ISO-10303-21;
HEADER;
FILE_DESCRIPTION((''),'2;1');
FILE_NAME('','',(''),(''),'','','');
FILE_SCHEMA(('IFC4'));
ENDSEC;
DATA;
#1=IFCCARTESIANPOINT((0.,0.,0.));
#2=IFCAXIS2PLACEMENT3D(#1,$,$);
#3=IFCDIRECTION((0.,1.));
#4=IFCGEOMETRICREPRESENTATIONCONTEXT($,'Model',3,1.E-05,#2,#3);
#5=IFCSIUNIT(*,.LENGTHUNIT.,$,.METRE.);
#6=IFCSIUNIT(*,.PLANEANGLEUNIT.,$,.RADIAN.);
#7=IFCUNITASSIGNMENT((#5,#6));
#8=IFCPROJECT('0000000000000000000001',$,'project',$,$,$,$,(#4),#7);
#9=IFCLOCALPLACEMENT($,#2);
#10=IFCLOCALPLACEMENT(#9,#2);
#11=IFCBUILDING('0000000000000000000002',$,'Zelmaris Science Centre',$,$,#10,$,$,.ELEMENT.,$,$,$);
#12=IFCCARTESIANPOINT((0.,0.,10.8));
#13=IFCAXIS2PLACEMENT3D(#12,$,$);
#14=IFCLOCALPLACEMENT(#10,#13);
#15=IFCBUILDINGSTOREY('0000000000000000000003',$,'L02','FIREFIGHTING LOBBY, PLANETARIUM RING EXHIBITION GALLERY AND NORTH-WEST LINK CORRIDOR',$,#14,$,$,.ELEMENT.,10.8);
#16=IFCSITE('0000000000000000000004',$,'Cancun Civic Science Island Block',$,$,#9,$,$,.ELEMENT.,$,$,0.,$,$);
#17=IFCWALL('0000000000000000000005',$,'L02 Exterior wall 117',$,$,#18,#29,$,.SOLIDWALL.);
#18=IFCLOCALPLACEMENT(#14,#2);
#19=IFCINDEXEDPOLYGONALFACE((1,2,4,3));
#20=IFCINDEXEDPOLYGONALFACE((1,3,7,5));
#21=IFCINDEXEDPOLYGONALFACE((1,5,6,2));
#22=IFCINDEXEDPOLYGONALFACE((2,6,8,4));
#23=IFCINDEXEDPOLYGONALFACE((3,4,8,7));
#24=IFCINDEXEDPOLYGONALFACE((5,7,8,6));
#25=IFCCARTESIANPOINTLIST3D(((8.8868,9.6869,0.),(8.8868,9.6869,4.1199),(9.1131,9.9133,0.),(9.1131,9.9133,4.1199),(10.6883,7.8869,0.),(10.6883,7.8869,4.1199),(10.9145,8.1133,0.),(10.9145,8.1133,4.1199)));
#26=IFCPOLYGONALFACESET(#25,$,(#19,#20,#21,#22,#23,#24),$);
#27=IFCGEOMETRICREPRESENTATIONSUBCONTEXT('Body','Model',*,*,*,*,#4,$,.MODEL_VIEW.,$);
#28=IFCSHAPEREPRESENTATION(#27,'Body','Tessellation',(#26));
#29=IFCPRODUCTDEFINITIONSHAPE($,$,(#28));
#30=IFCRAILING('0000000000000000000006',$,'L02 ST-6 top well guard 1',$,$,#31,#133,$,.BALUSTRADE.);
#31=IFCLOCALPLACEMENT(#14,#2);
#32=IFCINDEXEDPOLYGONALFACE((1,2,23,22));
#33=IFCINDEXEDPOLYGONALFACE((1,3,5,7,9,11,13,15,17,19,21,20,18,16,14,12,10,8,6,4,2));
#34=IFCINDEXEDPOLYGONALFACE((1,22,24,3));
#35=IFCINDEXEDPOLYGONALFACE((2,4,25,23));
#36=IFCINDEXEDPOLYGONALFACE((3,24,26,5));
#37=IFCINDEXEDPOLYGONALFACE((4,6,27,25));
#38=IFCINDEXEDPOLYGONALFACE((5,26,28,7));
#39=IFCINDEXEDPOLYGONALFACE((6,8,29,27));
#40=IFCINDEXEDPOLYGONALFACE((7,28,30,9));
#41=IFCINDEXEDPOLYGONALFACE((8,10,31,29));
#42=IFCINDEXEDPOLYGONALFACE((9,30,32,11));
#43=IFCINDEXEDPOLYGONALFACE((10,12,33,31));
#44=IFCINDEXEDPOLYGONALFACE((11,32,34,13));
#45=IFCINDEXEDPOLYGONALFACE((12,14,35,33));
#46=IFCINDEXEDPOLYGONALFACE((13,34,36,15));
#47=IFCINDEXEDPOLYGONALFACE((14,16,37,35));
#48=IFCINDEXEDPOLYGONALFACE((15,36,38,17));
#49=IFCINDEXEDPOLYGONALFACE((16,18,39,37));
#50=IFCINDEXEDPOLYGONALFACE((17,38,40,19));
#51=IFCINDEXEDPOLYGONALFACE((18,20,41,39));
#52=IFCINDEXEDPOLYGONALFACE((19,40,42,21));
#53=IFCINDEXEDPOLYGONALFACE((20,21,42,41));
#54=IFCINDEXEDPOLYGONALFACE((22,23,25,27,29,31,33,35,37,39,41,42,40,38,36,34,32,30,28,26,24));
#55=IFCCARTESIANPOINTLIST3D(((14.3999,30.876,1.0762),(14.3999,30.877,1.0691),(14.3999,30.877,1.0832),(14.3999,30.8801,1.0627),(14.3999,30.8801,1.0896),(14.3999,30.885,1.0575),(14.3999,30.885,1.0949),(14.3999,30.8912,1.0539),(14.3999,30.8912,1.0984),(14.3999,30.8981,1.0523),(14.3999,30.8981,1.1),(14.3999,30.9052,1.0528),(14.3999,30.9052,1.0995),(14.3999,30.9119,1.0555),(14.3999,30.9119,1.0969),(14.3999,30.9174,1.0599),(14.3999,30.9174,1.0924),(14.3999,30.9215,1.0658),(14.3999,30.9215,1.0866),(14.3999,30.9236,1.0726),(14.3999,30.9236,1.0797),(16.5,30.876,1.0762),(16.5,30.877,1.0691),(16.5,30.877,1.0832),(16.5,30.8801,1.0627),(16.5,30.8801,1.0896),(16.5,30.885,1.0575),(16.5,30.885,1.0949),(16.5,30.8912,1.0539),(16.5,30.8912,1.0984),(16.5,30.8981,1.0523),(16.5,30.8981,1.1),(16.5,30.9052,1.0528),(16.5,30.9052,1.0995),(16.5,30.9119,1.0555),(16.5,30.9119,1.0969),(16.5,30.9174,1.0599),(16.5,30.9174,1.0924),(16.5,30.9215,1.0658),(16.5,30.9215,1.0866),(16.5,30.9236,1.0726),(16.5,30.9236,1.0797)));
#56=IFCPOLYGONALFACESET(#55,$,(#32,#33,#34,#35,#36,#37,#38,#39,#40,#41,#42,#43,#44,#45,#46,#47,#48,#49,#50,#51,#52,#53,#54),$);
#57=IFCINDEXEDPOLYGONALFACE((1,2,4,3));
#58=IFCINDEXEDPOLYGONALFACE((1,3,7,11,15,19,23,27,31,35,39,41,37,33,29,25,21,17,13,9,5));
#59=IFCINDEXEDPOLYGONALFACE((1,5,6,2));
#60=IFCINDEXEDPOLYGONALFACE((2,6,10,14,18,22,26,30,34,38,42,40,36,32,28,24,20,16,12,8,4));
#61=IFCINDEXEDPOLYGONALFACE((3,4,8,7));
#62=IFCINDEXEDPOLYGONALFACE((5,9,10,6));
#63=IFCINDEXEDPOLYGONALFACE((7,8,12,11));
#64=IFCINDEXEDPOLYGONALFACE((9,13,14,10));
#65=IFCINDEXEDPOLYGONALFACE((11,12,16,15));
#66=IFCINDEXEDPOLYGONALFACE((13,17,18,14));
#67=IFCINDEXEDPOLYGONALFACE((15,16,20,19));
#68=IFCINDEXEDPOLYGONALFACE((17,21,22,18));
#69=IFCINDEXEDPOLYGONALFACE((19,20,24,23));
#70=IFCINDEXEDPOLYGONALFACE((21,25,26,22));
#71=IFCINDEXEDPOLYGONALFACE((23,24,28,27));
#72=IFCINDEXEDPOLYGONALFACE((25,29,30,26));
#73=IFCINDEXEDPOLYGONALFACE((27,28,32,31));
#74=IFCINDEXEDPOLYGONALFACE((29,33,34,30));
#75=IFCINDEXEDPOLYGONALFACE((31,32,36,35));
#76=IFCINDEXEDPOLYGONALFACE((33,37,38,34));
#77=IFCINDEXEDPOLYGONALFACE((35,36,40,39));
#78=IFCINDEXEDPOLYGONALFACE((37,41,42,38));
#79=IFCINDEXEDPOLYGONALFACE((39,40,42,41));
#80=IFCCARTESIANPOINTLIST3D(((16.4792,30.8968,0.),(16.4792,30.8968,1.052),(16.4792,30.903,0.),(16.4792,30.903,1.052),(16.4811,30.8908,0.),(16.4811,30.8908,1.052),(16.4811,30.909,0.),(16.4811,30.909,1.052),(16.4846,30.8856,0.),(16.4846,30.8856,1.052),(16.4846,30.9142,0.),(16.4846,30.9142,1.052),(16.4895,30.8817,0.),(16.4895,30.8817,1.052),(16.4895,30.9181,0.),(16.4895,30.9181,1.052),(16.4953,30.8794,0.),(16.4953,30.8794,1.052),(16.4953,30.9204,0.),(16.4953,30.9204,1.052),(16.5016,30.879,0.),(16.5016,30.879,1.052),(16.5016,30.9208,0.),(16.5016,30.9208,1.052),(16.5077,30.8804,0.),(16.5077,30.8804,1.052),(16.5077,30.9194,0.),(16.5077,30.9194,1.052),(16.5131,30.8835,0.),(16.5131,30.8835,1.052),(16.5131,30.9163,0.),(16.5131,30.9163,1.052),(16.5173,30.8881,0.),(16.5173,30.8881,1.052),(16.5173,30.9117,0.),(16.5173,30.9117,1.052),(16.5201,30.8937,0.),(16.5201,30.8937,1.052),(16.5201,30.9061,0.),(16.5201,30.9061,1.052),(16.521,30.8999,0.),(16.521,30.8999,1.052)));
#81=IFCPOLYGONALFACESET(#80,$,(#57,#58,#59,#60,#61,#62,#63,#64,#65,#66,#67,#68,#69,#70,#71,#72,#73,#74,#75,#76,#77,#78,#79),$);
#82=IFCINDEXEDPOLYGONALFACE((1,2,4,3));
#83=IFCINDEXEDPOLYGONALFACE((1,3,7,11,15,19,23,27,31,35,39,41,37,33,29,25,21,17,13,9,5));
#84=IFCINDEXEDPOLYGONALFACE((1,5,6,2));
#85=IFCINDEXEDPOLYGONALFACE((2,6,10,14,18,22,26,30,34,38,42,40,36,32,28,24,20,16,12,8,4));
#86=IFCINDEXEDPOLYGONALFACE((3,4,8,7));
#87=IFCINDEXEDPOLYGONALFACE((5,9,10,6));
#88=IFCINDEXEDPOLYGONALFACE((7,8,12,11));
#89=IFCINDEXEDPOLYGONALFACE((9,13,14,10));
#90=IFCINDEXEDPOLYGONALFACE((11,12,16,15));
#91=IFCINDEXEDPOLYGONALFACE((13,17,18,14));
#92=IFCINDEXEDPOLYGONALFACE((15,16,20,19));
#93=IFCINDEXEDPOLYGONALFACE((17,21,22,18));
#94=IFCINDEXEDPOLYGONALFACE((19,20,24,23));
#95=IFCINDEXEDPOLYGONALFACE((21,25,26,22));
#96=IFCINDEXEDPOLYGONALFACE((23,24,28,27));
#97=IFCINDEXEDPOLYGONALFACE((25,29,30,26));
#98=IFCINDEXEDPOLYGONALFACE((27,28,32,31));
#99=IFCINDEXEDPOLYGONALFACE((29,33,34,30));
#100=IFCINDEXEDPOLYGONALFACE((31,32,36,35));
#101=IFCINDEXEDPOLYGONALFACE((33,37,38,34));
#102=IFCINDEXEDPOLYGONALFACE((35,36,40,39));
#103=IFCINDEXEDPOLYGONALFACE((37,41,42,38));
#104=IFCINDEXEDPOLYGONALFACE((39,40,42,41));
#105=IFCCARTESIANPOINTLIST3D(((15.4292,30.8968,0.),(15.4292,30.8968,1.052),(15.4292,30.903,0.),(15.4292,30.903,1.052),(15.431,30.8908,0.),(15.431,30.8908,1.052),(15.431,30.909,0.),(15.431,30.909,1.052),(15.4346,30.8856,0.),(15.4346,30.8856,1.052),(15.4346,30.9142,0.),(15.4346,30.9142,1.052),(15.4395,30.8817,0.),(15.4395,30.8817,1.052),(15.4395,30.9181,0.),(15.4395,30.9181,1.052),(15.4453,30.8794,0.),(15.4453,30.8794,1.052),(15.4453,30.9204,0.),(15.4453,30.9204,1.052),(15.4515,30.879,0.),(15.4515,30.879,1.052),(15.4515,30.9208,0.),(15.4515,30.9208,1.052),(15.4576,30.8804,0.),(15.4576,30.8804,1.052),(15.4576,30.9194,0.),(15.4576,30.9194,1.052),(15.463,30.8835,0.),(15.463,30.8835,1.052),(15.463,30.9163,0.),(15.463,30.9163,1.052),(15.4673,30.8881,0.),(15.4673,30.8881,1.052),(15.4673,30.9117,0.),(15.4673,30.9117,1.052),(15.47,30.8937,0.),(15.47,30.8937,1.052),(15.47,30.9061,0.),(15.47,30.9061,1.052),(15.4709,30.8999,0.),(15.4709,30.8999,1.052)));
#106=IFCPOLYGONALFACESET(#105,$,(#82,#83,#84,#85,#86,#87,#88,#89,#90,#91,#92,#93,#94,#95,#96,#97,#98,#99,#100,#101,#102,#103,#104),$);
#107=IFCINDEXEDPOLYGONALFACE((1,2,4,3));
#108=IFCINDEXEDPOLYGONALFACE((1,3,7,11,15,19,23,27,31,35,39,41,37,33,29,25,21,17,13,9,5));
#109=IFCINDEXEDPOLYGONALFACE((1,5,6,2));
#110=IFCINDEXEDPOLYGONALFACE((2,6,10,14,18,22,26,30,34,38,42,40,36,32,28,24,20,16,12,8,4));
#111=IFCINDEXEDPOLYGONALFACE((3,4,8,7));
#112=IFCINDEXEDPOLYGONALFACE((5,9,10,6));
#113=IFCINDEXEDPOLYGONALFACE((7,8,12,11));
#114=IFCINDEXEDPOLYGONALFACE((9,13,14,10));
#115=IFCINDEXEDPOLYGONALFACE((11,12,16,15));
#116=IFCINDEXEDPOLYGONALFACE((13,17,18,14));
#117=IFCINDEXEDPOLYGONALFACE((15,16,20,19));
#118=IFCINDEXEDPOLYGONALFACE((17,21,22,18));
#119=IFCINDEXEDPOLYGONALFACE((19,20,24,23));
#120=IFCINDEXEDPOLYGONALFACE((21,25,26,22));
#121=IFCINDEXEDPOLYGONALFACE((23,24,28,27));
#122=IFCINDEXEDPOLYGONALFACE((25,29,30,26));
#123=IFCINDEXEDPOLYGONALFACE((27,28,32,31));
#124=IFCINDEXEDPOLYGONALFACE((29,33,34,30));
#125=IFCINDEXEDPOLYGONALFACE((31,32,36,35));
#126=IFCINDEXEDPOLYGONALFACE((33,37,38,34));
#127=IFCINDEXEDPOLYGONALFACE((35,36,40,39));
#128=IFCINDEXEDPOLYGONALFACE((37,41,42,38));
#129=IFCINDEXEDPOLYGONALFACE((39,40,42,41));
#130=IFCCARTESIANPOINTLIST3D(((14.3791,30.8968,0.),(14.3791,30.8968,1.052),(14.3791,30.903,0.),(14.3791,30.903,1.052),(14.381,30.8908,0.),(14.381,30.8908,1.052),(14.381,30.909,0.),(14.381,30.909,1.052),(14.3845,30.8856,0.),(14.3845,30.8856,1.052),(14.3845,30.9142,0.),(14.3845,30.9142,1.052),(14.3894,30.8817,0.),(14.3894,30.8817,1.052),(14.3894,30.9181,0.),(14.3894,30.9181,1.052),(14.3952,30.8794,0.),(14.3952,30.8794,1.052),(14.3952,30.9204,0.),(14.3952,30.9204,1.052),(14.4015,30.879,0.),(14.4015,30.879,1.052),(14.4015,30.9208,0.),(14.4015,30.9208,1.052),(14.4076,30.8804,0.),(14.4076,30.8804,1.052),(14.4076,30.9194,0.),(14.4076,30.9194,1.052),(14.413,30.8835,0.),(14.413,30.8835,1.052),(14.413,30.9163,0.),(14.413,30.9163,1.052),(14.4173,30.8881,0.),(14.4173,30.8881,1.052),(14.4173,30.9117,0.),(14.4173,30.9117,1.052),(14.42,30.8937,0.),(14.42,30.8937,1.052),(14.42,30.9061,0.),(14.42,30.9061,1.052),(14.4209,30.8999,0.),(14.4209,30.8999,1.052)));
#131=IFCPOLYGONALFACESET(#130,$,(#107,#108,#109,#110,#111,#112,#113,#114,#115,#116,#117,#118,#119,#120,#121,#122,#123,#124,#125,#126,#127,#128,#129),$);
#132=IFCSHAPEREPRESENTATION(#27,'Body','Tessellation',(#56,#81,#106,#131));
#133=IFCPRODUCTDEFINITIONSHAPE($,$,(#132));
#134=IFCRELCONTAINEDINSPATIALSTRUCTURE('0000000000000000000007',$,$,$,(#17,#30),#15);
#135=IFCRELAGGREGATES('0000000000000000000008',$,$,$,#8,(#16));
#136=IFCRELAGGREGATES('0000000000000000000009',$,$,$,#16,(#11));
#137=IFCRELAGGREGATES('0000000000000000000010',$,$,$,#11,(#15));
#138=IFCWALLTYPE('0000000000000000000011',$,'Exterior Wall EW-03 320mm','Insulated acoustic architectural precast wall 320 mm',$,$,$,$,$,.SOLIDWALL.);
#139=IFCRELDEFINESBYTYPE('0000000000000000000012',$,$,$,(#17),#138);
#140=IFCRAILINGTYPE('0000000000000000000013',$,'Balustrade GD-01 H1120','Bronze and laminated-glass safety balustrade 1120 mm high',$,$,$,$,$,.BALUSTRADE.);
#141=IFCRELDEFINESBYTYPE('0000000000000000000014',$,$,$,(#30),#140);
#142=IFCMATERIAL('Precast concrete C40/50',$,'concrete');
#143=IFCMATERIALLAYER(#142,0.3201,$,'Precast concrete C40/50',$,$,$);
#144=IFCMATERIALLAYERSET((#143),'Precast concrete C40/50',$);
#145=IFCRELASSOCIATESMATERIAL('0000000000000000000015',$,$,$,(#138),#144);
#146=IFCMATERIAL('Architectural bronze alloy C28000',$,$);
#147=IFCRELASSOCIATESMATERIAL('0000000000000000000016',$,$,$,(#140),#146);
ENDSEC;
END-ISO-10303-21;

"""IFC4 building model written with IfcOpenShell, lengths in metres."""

from ifc_helpers import new_model, si_unit, direction, frame, frame_2d, origin, origin_2d, place, context, subcontext, project, spatial, rectangle, circle, extrude, material, layer, layer_set, type_object, element, save


model = new_model("IFC4")

# Units and contexts
model_context = context("Model", 3, precision=1e-05, world=origin(), true_north=direction((0.0, 1.0)))
body_context = subcontext(model_context, "Body", "Model", "MODEL_VIEW")
ifc_project = project(units=[si_unit("LENGTHUNIT", "METRE"), si_unit("PLANEANGLEUNIT", "RADIAN")], contexts=[model_context])

# Site, building, storey
site_placement = place(None, origin())
site = spatial("IfcSite", under=ifc_project, at=site_placement, Name="Cancun Civic Science Island Block", CompositionType="ELEMENT", RefElevation=0.0)
building_placement = place(site_placement, origin())
building = spatial("IfcBuilding", under=site, at=building_placement, Name="Zelmaris Science Centre", CompositionType="ELEMENT")
storey_placement = place(building_placement, frame((0.0, 0.0, 10.8)))
storey = spatial("IfcBuildingStorey", under=building, at=storey_placement, Name="L02", Description="FIREFIGHTING LOBBY, PLANETARIUM RING EXHIBITION GALLERY AND NORTH-WEST LINK CORRIDOR", CompositionType="ELEMENT", Elevation=10.8)

# Shared definitions
ifc_material_1 = material(Name="Precast concrete C40/50", Category="concrete")
ifc_layer_1 = layer(ifc_material_1, 0.3201, Name="Precast concrete C40/50")
ifc_layer_set_1 = layer_set([ifc_layer_1], Name="Precast concrete C40/50")
wall_type_1 = type_object("IfcWallType", Name="Exterior Wall EW-03 320mm", Description="Insulated acoustic architectural precast wall 320 mm", PredefinedType="SOLIDWALL", material=ifc_layer_set_1)

# Wall
wall_1_placement = place(storey_placement, frame((10.8015, 8.0, 0.0), z_axis=(0.0, 0.0, 1.0), x_axis=(-0.707394, 0.706819, 0.0)))
element("IfcWall", 1, at=wall_1_placement, inside=storey, type_object=wall_type_1, Name="L02 Exterior wall 117", PredefinedType="SOLIDWALL", context=body_context, shape_type="SweptSolid", body=[
    extrude(rectangle(XDim=2.5466, YDim=0.3201, at=frame_2d((1.2734, 0.0))), origin(), (0.0, 0.0, 1.0), 4.1199),
])

# Railing
ifc_material_2 = material(Name="Architectural bronze alloy C28000")
railing_type = type_object("IfcRailingType", Name="Balustrade GD-01 H1120", Description="Bronze and laminated-glass safety balustrade 1120 mm high", PredefinedType="BALUSTRADE", material=ifc_material_2)
railing_placement = place(storey_placement, frame((16.5, 30.8999, 0.0)))
element("IfcRailing", 2, at=railing_placement, inside=storey, type_object=railing_type, Name="L02 ST-6 top well guard 1", PredefinedType="BALUSTRADE", context=body_context, shape_type="SweptSolid", body=[
    extrude(circle(Radius=0.0239, at=origin_2d()), frame((0.0, 0.0, 1.0762), z_axis=(-1.0, 0.0, 0.0), x_axis=(0.0, -1.0, 0.0)), (0.0, 0.0, 1.0), 2.1001),
    extrude(circle(Radius=0.021, at=origin_2d()), origin(), (0.0, 0.0, 1.0), 1.052),
    extrude(circle(Radius=0.021, at=origin_2d()), frame((-1.05, 0.0, 0.0)), (0.0, 0.0, 1.0), 1.052),
    extrude(circle(Radius=0.021, at=origin_2d()), frame((-2.1001, 0.0, 0.0)), (0.0, 0.0, 1.0), 1.052),
])

save(model, "model.ifc")
